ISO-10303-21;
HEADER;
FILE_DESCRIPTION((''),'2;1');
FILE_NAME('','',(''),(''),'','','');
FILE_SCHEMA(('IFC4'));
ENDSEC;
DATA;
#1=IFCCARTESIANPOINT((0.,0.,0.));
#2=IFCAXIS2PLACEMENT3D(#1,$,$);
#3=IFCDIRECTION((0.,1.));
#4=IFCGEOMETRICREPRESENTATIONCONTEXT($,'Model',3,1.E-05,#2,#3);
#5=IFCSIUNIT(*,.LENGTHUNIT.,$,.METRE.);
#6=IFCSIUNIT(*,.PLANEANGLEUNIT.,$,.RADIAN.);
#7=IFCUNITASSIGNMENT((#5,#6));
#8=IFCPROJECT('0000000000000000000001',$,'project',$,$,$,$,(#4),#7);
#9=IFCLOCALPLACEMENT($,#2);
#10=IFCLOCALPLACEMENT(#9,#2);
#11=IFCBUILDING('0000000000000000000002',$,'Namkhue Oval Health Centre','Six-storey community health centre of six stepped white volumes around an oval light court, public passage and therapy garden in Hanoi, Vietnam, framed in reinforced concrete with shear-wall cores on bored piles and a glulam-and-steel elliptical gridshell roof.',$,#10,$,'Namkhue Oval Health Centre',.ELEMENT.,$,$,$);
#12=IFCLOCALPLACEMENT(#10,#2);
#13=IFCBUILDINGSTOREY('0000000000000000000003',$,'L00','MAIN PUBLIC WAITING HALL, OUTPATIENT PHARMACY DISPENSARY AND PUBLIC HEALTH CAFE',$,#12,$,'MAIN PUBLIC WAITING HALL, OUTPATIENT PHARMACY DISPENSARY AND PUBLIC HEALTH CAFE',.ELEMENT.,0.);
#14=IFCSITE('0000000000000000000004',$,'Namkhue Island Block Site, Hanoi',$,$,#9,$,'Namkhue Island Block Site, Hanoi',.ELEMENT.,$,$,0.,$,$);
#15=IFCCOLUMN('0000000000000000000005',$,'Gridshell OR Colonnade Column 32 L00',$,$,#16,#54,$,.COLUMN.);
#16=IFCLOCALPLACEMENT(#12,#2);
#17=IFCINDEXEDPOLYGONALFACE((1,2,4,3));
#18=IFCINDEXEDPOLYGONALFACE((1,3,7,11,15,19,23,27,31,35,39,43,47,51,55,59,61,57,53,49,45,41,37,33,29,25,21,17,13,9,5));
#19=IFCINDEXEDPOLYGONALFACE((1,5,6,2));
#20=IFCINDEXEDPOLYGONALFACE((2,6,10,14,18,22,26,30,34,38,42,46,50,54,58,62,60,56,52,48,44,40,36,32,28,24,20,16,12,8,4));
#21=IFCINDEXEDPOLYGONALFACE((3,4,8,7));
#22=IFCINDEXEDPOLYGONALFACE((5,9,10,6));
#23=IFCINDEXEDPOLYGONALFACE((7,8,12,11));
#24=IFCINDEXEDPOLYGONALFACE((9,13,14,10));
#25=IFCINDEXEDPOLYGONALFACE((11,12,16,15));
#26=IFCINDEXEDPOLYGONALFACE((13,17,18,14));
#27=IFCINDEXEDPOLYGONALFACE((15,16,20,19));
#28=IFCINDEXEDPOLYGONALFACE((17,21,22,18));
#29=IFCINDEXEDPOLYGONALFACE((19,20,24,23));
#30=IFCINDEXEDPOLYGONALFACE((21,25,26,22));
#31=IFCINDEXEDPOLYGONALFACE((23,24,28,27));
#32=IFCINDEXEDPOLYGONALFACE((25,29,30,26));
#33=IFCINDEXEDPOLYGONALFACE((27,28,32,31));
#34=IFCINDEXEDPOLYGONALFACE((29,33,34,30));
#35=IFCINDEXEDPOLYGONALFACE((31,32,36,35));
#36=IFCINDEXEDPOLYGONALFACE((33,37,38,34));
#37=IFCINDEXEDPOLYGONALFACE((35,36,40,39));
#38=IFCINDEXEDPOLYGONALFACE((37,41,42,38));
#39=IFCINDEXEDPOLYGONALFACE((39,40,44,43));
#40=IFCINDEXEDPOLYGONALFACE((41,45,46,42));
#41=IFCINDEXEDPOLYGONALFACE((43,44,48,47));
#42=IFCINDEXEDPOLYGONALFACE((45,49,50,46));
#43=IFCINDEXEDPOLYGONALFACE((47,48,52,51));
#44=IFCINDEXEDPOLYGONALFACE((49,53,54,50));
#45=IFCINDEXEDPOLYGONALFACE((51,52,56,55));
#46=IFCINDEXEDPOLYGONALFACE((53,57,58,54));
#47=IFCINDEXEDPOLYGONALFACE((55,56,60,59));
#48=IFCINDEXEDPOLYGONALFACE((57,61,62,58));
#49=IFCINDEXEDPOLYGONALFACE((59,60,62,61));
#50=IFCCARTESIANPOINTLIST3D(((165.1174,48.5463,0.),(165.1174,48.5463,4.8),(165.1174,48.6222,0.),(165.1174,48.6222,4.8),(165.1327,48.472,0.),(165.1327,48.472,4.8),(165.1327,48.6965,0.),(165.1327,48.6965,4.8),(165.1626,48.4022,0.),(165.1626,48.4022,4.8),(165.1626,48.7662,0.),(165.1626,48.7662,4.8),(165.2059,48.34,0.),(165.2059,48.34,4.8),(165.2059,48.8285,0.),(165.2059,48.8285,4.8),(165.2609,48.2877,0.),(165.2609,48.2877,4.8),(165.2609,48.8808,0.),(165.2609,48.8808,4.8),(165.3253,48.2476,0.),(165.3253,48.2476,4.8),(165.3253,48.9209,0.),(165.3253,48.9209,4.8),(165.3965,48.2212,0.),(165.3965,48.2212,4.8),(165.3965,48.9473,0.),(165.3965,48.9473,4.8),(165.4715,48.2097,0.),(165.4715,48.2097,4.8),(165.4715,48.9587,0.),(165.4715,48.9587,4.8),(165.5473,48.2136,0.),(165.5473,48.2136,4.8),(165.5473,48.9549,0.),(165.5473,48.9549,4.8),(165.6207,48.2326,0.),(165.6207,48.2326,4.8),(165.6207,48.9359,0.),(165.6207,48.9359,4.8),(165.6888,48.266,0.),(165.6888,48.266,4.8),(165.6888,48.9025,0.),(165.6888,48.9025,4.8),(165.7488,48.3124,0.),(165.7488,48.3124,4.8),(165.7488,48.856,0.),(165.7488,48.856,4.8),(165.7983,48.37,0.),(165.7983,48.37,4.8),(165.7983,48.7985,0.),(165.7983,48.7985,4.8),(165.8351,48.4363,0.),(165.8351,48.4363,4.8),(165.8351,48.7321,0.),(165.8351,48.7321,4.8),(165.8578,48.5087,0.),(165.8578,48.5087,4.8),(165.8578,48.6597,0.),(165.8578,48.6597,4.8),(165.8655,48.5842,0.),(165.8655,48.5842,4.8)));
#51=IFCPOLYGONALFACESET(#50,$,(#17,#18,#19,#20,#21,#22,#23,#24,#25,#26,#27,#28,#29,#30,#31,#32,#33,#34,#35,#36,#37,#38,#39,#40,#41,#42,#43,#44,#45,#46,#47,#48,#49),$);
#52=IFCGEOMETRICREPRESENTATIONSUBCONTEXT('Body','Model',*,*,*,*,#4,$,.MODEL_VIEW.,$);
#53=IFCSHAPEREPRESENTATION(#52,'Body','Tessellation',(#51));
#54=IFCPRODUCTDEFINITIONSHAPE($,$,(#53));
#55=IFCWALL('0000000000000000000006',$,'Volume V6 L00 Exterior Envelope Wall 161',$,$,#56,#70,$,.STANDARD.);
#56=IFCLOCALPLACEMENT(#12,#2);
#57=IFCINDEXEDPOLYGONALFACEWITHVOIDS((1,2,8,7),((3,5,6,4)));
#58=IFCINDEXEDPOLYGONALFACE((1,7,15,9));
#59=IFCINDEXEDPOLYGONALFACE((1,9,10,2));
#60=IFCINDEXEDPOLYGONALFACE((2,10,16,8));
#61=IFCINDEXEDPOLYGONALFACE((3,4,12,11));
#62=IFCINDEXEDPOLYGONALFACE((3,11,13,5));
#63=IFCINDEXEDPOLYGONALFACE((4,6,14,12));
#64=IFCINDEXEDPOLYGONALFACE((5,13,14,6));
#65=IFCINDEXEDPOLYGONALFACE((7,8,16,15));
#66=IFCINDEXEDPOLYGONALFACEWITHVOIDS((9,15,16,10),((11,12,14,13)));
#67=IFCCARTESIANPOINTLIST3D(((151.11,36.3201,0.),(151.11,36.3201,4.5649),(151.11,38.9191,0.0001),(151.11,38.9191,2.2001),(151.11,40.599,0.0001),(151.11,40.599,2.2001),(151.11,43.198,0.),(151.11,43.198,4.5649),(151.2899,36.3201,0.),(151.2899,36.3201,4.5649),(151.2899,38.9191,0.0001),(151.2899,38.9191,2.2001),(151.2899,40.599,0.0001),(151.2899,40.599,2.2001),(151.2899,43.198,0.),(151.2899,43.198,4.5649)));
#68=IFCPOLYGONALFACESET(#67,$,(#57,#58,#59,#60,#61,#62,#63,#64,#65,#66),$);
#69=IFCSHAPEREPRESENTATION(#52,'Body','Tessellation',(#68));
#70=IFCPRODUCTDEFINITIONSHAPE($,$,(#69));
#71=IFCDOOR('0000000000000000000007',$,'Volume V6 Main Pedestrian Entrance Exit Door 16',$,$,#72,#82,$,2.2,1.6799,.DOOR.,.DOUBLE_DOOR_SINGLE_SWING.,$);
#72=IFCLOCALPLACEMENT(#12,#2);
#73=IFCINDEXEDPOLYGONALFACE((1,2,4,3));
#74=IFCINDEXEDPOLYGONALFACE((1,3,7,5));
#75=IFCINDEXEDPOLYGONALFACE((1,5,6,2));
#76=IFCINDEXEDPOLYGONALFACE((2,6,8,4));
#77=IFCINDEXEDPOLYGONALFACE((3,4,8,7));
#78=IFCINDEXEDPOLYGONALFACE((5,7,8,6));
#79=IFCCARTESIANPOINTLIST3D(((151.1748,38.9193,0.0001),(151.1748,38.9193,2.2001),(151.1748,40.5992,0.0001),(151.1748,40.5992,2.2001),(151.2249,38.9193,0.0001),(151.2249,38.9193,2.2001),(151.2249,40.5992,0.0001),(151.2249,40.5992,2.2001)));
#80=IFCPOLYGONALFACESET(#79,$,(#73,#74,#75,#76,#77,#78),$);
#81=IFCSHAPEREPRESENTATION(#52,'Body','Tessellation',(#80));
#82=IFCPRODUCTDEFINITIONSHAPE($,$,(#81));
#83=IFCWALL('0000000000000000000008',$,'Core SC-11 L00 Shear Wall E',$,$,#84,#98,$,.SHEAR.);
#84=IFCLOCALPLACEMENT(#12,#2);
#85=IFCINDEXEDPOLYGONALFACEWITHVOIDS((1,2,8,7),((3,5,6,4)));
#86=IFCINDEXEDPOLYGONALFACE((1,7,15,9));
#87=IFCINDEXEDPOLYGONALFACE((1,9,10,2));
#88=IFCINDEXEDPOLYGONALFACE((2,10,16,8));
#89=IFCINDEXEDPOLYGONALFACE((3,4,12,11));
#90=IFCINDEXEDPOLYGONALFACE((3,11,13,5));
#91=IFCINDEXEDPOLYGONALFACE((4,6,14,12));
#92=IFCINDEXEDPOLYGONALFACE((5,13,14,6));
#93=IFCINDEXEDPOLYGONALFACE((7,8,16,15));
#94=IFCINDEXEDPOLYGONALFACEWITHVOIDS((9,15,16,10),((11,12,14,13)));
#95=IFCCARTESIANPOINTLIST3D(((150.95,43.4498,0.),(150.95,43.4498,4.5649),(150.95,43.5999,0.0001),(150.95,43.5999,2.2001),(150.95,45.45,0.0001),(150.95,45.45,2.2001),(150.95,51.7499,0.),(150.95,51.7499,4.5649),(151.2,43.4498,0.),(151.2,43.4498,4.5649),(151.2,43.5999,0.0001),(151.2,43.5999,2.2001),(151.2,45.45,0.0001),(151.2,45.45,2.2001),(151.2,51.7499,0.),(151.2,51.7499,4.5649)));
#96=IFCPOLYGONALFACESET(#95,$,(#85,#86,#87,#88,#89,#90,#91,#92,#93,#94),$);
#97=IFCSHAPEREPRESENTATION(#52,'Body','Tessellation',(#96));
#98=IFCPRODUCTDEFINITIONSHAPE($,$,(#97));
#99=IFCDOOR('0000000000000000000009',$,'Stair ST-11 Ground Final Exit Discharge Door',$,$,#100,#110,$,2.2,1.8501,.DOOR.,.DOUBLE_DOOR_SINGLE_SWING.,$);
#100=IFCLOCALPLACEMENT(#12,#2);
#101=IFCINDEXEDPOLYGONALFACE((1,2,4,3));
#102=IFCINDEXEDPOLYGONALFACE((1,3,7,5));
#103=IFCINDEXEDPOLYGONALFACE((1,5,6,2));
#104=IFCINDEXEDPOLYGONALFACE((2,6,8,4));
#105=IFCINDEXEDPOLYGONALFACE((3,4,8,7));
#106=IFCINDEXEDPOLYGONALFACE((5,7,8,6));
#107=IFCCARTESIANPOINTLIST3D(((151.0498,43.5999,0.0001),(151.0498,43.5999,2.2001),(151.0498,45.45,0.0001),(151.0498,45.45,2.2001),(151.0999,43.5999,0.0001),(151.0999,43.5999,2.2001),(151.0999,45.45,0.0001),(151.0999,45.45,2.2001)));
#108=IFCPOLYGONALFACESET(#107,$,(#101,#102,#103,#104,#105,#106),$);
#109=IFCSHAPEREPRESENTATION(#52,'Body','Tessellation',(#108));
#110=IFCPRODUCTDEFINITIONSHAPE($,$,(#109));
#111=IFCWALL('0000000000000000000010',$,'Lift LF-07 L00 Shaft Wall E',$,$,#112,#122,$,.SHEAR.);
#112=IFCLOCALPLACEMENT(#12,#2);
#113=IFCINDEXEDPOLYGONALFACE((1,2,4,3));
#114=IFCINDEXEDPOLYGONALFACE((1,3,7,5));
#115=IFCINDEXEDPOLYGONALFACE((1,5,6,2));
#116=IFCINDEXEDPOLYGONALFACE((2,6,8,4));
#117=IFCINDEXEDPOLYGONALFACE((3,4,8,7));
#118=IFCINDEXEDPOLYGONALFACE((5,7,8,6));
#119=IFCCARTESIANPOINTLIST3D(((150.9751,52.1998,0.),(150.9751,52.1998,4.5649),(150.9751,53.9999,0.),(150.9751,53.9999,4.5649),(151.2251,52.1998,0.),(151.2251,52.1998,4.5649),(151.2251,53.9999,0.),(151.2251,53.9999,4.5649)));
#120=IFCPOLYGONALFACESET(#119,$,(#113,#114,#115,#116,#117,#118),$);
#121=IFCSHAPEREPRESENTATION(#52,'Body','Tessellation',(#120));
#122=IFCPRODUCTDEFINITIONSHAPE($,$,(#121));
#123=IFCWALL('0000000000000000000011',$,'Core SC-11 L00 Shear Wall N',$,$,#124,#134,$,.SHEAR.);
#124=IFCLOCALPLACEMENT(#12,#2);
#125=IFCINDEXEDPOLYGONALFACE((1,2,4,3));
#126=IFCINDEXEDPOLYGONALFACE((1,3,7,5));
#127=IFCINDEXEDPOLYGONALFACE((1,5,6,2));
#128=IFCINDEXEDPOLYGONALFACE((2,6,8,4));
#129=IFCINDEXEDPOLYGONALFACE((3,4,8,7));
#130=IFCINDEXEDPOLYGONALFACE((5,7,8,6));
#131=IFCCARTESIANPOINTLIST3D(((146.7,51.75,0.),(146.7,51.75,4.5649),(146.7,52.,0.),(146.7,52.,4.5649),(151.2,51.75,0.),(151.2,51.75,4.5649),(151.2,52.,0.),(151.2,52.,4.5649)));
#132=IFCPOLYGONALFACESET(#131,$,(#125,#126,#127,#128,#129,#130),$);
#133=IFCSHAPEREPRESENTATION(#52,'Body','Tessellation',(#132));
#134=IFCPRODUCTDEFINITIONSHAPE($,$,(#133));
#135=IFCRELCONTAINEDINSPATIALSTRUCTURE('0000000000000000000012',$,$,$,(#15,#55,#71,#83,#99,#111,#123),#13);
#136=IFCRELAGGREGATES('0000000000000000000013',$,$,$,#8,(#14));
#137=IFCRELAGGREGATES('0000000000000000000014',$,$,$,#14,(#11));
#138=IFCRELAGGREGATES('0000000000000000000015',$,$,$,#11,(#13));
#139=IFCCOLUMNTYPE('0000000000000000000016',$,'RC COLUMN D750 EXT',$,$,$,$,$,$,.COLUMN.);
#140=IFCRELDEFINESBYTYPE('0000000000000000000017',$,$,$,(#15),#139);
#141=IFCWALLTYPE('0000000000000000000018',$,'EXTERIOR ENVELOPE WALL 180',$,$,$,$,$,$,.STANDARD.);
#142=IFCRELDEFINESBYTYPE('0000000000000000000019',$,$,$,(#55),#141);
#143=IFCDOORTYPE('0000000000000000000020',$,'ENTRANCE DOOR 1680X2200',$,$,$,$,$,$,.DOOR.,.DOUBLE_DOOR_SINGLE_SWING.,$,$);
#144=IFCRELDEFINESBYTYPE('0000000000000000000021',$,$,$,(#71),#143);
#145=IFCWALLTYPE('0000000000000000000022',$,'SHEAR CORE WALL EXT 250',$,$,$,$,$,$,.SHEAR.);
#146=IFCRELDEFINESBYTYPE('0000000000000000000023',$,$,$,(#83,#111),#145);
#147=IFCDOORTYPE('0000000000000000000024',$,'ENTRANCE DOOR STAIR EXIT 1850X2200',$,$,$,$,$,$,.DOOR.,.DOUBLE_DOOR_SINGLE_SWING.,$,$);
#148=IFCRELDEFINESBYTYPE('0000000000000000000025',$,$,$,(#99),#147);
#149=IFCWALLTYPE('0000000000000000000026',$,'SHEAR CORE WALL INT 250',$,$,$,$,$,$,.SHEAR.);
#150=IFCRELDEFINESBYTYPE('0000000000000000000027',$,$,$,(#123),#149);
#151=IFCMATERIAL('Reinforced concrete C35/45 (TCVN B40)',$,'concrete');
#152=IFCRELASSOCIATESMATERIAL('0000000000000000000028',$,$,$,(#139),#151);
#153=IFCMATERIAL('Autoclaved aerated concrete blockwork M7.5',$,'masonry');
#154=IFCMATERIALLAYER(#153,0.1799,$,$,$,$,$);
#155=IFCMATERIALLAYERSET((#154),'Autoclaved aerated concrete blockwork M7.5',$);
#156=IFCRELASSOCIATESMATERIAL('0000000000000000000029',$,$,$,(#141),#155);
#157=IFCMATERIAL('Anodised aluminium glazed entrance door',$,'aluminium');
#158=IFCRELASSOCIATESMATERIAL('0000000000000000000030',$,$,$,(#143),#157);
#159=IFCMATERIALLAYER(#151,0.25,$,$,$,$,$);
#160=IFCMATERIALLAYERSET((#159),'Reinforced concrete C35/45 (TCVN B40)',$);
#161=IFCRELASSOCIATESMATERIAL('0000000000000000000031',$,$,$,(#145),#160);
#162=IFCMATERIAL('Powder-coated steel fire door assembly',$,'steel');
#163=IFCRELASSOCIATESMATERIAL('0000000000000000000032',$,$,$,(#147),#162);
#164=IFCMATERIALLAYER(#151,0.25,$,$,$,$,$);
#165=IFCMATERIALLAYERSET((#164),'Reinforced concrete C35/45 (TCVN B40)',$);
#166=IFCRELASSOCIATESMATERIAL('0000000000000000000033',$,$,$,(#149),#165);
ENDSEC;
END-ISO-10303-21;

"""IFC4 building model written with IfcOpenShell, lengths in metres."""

from ifc_helpers import new_model, si_unit, direction, frame, frame_2d, origin, origin_2d, place, context, subcontext, project, spatial, rectangle, circle, extrude, material, layer, layer_set, material_profile, profile_set, type_object, element, fill, save


model = new_model("IFC4")

# Units and contexts
model_context = context("Model", 3, precision=1e-05, world=origin(), true_north=direction((0.0, 1.0)))
body_context = subcontext(model_context, "Body", "Model", "MODEL_VIEW")
ifc_project = project(units=[si_unit("LENGTHUNIT", "METRE"), si_unit("PLANEANGLEUNIT", "RADIAN")], contexts=[model_context])

# Site, building, storey
site_placement = place(None, origin())
site = spatial("IfcSite", under=ifc_project, at=site_placement, Name="Namkhue Island Block Site, Hanoi", LongName="Namkhue Island Block Site, Hanoi", CompositionType="ELEMENT", RefElevation=0.0)
building_placement = place(site_placement, origin())
building = spatial("IfcBuilding", under=site, at=building_placement, Name="Namkhue Oval Health Centre", Description="Six-storey community health centre of six stepped white volumes around an oval light court, public passage and therapy garden in Hanoi, Vietnam, framed in reinforced concrete with shear-wall cores on bored piles and a glulam-and-steel elliptical gridshell roof.", LongName="Namkhue Oval Health Centre", CompositionType="ELEMENT")
storey_placement = place(building_placement, origin())
storey = spatial("IfcBuildingStorey", under=building, at=storey_placement, Name="L00", Description="MAIN PUBLIC WAITING HALL, OUTPATIENT PHARMACY DISPENSARY AND PUBLIC HEALTH CAFE", LongName="MAIN PUBLIC WAITING HALL, OUTPATIENT PHARMACY DISPENSARY AND PUBLIC HEALTH CAFE", CompositionType="ELEMENT", Elevation=0.0)

# Column
ifc_material_1 = material(Name="Reinforced concrete C35/45 (TCVN B40)", Category="concrete")
ifc_material_profile_1 = material_profile(ifc_material_1, circle(Radius=0.375, at=origin_2d()), Name="RC D750")
ifc_profile_set_1 = profile_set([ifc_material_profile_1], Name="Reinforced concrete C35/45 (TCVN B40)")
column_type_1 = type_object("IfcColumnType", Name="RC COLUMN D750 EXT", PredefinedType="COLUMN", material=ifc_profile_set_1)
for number, where, z_axis, x_axis, name in (
    (1, (165.4905, 48.5842, 0.0), (0.0, 0.0, 1.0), (1.0, 0.0, 0.0), "Gridshell OR Colonnade Column 32 L00"),
):
    element("IfcColumn", number, at=place(storey_placement, frame(where, z_axis=z_axis, x_axis=x_axis)), inside=storey, type_object=column_type_1, Name=name, PredefinedType="COLUMN", context=body_context, shape_type="SweptSolid", body=[
        extrude(circle(Radius=0.375, at=origin_2d()), origin(), (0.0, 0.0, 1.0), 4.8),
    ])

# Walls, openings, doors
ifc_material_2 = material(Name="Autoclaved aerated concrete blockwork M7.5", Category="masonry")
ifc_layer_1 = layer(ifc_material_2, 0.1799)
ifc_layer_set_1 = layer_set([ifc_layer_1], Name="Autoclaved aerated concrete blockwork M7.5")
wall_type_1 = type_object("IfcWallType", Name="EXTERIOR ENVELOPE WALL 180", PredefinedType="STANDARD", material=ifc_layer_set_1)
wall_1_placement = place(storey_placement, frame((151.2, 36.3201, 0.0), z_axis=(0.0, 0.0, 1.0), x_axis=(0.0, 1.0, 0.0)))
wall_1 = element("IfcWall", 2, at=wall_1_placement, inside=storey, type_object=wall_type_1, Name="Volume V6 L00 Exterior Envelope Wall 161", PredefinedType="STANDARD", context=body_context, shape_type="SweptSolid", body=[
    extrude(rectangle(XDim=6.8779, YDim=0.1799, at=frame_2d((3.439, 0.0))), origin(), (0.0, 0.0, 1.0), 4.5649),
])
opening_1_placement = place(wall_1_placement, frame((2.5991, 0.0, 0.0)))
opening_1 = element("IfcOpeningElement", 3, at=opening_1_placement, cuts=wall_1, PredefinedType="OPENING", context=body_context, shape_type="SweptSolid", body=[
    extrude(rectangle(XDim=1.6799, YDim=2.2, at=frame_2d((0.8398, 1.1001))), frame((0.0, 0.0999, 0.0), z_axis=(0.0, -1.0, 0.0), x_axis=(1.0, 0.0, 0.0)), (0.0, 0.0, 1.0), 0.2),
])
ifc_material_3 = material(Name="Anodised aluminium glazed entrance door", Category="aluminium")
door_type_1 = type_object("IfcDoorType", Name="ENTRANCE DOOR 1680X2200", OperationType="DOUBLE_DOOR_SINGLE_SWING", PredefinedType="DOOR", material=ifc_material_3)
door_1_placement = place(opening_1_placement, frame((1.6799, 0.0, 0.0), z_axis=(0.0, 0.0, 1.0), x_axis=(-1.0, 0.0, 0.0)))
door_1 = element("IfcDoor", 4, at=door_1_placement, inside=storey, type_object=door_type_1, Name="Volume V6 Main Pedestrian Entrance Exit Door 16", OperationType="DOUBLE_DOOR_SINGLE_SWING", OverallHeight=2.2, OverallWidth=1.6799, PredefinedType="DOOR", context=body_context, shape_type="SweptSolid", body=[
    extrude(rectangle(XDim=1.6799, YDim=2.2, at=frame_2d((0.8398, 1.1001))), frame((0.0, 0.0249, 0.0), z_axis=(0.0, -1.0, 0.0), x_axis=(1.0, 0.0, 0.0)), (0.0, 0.0, 1.0), 0.05),
])
fill(opening_1, door_1)
ifc_layer_2 = layer(ifc_material_1, 0.25)
ifc_layer_set_2 = layer_set([ifc_layer_2], Name="Reinforced concrete C35/45 (TCVN B40)")
wall_type_2 = type_object("IfcWallType", Name="SHEAR CORE WALL EXT 250", PredefinedType="SHEAR", material=ifc_layer_set_2)
wall_2_placement = place(storey_placement, frame((151.075, 43.45, 0.0), z_axis=(0.0, 0.0, 1.0), x_axis=(0.0, 1.0, 0.0)))
wall_2 = element("IfcWall", 5, at=wall_2_placement, inside=storey, type_object=wall_type_2, Name="Core SC-11 L00 Shear Wall E", PredefinedType="SHEAR", context=body_context, shape_type="SweptSolid", body=[
    extrude(rectangle(XDim=8.3, YDim=0.25, at=frame_2d((4.1499, 0.0))), origin(), (0.0, 0.0, 1.0), 4.5649),
])
opening_2_placement = place(wall_2_placement, frame((0.1499, 0.0, 0.0)))
opening_2 = element("IfcOpeningElement", 6, at=opening_2_placement, cuts=wall_2, PredefinedType="OPENING", context=body_context, shape_type="SweptSolid", body=[
    extrude(rectangle(XDim=1.8501, YDim=2.2, at=frame_2d((0.925, 1.1001))), frame((0.0, 0.135, 0.0), z_axis=(0.0, -1.0, 0.0), x_axis=(1.0, 0.0, 0.0)), (0.0, 0.0, 1.0), 0.27),
])
ifc_material_4 = material(Name="Powder-coated steel fire door assembly", Category="steel")
door_type_2 = type_object("IfcDoorType", Name="ENTRANCE DOOR STAIR EXIT 1850X2200", OperationType="DOUBLE_DOOR_SINGLE_SWING", PredefinedType="DOOR", material=ifc_material_4)
door_2_placement = place(opening_2_placement, frame((1.8501, 0.0, 0.0), z_axis=(0.0, 0.0, 1.0), x_axis=(-1.0, 0.0, 0.0)))
door_2 = element("IfcDoor", 7, at=door_2_placement, inside=storey, type_object=door_type_2, Name="Stair ST-11 Ground Final Exit Discharge Door", OperationType="DOUBLE_DOOR_SINGLE_SWING", OverallHeight=2.2, OverallWidth=1.8501, PredefinedType="DOOR", context=body_context, shape_type="SweptSolid", body=[
    extrude(rectangle(XDim=1.8501, YDim=2.2, at=frame_2d((0.925, 1.1001))), frame((0.0, 0.0249, 0.0), z_axis=(0.0, -1.0, 0.0), x_axis=(1.0, 0.0, 0.0)), (0.0, 0.0, 1.0), 0.05),
])
fill(opening_2, door_2)

# Walls
wall_3_placement = place(storey_placement, frame((151.1001, 52.2, 0.0), z_axis=(0.0, 0.0, 1.0), x_axis=(0.0, 1.0, 0.0)))
element("IfcWall", 8, at=wall_3_placement, inside=storey, type_object=wall_type_2, Name="Lift LF-07 L00 Shaft Wall E", PredefinedType="SHEAR", context=body_context, shape_type="SweptSolid", body=[
    extrude(rectangle(XDim=1.8, YDim=0.25, at=frame_2d((0.8999, 0.0))), origin(), (0.0, 0.0, 1.0), 4.5649),
])
ifc_layer_3 = layer(ifc_material_1, 0.25)
ifc_layer_set_3 = layer_set([ifc_layer_3], Name="Reinforced concrete C35/45 (TCVN B40)")
wall_type_3 = type_object("IfcWallType", Name="SHEAR CORE WALL INT 250", PredefinedType="SHEAR", material=ifc_layer_set_3)
wall_4_placement = place(storey_placement, frame((151.2, 51.875, 0.0), z_axis=(0.0, 0.0, 1.0), x_axis=(-1.0, 0.0, 0.0)))
element("IfcWall", 9, at=wall_4_placement, inside=storey, type_object=wall_type_3, Name="Core SC-11 L00 Shear Wall N", PredefinedType="SHEAR", context=body_context, shape_type="SweptSolid", body=[
    extrude(rectangle(XDim=4.5, YDim=0.25, at=frame_2d((2.25, 0.0))), origin(), (0.0, 0.0, 1.0), 4.5649),
])

save(model, "model.ifc")
